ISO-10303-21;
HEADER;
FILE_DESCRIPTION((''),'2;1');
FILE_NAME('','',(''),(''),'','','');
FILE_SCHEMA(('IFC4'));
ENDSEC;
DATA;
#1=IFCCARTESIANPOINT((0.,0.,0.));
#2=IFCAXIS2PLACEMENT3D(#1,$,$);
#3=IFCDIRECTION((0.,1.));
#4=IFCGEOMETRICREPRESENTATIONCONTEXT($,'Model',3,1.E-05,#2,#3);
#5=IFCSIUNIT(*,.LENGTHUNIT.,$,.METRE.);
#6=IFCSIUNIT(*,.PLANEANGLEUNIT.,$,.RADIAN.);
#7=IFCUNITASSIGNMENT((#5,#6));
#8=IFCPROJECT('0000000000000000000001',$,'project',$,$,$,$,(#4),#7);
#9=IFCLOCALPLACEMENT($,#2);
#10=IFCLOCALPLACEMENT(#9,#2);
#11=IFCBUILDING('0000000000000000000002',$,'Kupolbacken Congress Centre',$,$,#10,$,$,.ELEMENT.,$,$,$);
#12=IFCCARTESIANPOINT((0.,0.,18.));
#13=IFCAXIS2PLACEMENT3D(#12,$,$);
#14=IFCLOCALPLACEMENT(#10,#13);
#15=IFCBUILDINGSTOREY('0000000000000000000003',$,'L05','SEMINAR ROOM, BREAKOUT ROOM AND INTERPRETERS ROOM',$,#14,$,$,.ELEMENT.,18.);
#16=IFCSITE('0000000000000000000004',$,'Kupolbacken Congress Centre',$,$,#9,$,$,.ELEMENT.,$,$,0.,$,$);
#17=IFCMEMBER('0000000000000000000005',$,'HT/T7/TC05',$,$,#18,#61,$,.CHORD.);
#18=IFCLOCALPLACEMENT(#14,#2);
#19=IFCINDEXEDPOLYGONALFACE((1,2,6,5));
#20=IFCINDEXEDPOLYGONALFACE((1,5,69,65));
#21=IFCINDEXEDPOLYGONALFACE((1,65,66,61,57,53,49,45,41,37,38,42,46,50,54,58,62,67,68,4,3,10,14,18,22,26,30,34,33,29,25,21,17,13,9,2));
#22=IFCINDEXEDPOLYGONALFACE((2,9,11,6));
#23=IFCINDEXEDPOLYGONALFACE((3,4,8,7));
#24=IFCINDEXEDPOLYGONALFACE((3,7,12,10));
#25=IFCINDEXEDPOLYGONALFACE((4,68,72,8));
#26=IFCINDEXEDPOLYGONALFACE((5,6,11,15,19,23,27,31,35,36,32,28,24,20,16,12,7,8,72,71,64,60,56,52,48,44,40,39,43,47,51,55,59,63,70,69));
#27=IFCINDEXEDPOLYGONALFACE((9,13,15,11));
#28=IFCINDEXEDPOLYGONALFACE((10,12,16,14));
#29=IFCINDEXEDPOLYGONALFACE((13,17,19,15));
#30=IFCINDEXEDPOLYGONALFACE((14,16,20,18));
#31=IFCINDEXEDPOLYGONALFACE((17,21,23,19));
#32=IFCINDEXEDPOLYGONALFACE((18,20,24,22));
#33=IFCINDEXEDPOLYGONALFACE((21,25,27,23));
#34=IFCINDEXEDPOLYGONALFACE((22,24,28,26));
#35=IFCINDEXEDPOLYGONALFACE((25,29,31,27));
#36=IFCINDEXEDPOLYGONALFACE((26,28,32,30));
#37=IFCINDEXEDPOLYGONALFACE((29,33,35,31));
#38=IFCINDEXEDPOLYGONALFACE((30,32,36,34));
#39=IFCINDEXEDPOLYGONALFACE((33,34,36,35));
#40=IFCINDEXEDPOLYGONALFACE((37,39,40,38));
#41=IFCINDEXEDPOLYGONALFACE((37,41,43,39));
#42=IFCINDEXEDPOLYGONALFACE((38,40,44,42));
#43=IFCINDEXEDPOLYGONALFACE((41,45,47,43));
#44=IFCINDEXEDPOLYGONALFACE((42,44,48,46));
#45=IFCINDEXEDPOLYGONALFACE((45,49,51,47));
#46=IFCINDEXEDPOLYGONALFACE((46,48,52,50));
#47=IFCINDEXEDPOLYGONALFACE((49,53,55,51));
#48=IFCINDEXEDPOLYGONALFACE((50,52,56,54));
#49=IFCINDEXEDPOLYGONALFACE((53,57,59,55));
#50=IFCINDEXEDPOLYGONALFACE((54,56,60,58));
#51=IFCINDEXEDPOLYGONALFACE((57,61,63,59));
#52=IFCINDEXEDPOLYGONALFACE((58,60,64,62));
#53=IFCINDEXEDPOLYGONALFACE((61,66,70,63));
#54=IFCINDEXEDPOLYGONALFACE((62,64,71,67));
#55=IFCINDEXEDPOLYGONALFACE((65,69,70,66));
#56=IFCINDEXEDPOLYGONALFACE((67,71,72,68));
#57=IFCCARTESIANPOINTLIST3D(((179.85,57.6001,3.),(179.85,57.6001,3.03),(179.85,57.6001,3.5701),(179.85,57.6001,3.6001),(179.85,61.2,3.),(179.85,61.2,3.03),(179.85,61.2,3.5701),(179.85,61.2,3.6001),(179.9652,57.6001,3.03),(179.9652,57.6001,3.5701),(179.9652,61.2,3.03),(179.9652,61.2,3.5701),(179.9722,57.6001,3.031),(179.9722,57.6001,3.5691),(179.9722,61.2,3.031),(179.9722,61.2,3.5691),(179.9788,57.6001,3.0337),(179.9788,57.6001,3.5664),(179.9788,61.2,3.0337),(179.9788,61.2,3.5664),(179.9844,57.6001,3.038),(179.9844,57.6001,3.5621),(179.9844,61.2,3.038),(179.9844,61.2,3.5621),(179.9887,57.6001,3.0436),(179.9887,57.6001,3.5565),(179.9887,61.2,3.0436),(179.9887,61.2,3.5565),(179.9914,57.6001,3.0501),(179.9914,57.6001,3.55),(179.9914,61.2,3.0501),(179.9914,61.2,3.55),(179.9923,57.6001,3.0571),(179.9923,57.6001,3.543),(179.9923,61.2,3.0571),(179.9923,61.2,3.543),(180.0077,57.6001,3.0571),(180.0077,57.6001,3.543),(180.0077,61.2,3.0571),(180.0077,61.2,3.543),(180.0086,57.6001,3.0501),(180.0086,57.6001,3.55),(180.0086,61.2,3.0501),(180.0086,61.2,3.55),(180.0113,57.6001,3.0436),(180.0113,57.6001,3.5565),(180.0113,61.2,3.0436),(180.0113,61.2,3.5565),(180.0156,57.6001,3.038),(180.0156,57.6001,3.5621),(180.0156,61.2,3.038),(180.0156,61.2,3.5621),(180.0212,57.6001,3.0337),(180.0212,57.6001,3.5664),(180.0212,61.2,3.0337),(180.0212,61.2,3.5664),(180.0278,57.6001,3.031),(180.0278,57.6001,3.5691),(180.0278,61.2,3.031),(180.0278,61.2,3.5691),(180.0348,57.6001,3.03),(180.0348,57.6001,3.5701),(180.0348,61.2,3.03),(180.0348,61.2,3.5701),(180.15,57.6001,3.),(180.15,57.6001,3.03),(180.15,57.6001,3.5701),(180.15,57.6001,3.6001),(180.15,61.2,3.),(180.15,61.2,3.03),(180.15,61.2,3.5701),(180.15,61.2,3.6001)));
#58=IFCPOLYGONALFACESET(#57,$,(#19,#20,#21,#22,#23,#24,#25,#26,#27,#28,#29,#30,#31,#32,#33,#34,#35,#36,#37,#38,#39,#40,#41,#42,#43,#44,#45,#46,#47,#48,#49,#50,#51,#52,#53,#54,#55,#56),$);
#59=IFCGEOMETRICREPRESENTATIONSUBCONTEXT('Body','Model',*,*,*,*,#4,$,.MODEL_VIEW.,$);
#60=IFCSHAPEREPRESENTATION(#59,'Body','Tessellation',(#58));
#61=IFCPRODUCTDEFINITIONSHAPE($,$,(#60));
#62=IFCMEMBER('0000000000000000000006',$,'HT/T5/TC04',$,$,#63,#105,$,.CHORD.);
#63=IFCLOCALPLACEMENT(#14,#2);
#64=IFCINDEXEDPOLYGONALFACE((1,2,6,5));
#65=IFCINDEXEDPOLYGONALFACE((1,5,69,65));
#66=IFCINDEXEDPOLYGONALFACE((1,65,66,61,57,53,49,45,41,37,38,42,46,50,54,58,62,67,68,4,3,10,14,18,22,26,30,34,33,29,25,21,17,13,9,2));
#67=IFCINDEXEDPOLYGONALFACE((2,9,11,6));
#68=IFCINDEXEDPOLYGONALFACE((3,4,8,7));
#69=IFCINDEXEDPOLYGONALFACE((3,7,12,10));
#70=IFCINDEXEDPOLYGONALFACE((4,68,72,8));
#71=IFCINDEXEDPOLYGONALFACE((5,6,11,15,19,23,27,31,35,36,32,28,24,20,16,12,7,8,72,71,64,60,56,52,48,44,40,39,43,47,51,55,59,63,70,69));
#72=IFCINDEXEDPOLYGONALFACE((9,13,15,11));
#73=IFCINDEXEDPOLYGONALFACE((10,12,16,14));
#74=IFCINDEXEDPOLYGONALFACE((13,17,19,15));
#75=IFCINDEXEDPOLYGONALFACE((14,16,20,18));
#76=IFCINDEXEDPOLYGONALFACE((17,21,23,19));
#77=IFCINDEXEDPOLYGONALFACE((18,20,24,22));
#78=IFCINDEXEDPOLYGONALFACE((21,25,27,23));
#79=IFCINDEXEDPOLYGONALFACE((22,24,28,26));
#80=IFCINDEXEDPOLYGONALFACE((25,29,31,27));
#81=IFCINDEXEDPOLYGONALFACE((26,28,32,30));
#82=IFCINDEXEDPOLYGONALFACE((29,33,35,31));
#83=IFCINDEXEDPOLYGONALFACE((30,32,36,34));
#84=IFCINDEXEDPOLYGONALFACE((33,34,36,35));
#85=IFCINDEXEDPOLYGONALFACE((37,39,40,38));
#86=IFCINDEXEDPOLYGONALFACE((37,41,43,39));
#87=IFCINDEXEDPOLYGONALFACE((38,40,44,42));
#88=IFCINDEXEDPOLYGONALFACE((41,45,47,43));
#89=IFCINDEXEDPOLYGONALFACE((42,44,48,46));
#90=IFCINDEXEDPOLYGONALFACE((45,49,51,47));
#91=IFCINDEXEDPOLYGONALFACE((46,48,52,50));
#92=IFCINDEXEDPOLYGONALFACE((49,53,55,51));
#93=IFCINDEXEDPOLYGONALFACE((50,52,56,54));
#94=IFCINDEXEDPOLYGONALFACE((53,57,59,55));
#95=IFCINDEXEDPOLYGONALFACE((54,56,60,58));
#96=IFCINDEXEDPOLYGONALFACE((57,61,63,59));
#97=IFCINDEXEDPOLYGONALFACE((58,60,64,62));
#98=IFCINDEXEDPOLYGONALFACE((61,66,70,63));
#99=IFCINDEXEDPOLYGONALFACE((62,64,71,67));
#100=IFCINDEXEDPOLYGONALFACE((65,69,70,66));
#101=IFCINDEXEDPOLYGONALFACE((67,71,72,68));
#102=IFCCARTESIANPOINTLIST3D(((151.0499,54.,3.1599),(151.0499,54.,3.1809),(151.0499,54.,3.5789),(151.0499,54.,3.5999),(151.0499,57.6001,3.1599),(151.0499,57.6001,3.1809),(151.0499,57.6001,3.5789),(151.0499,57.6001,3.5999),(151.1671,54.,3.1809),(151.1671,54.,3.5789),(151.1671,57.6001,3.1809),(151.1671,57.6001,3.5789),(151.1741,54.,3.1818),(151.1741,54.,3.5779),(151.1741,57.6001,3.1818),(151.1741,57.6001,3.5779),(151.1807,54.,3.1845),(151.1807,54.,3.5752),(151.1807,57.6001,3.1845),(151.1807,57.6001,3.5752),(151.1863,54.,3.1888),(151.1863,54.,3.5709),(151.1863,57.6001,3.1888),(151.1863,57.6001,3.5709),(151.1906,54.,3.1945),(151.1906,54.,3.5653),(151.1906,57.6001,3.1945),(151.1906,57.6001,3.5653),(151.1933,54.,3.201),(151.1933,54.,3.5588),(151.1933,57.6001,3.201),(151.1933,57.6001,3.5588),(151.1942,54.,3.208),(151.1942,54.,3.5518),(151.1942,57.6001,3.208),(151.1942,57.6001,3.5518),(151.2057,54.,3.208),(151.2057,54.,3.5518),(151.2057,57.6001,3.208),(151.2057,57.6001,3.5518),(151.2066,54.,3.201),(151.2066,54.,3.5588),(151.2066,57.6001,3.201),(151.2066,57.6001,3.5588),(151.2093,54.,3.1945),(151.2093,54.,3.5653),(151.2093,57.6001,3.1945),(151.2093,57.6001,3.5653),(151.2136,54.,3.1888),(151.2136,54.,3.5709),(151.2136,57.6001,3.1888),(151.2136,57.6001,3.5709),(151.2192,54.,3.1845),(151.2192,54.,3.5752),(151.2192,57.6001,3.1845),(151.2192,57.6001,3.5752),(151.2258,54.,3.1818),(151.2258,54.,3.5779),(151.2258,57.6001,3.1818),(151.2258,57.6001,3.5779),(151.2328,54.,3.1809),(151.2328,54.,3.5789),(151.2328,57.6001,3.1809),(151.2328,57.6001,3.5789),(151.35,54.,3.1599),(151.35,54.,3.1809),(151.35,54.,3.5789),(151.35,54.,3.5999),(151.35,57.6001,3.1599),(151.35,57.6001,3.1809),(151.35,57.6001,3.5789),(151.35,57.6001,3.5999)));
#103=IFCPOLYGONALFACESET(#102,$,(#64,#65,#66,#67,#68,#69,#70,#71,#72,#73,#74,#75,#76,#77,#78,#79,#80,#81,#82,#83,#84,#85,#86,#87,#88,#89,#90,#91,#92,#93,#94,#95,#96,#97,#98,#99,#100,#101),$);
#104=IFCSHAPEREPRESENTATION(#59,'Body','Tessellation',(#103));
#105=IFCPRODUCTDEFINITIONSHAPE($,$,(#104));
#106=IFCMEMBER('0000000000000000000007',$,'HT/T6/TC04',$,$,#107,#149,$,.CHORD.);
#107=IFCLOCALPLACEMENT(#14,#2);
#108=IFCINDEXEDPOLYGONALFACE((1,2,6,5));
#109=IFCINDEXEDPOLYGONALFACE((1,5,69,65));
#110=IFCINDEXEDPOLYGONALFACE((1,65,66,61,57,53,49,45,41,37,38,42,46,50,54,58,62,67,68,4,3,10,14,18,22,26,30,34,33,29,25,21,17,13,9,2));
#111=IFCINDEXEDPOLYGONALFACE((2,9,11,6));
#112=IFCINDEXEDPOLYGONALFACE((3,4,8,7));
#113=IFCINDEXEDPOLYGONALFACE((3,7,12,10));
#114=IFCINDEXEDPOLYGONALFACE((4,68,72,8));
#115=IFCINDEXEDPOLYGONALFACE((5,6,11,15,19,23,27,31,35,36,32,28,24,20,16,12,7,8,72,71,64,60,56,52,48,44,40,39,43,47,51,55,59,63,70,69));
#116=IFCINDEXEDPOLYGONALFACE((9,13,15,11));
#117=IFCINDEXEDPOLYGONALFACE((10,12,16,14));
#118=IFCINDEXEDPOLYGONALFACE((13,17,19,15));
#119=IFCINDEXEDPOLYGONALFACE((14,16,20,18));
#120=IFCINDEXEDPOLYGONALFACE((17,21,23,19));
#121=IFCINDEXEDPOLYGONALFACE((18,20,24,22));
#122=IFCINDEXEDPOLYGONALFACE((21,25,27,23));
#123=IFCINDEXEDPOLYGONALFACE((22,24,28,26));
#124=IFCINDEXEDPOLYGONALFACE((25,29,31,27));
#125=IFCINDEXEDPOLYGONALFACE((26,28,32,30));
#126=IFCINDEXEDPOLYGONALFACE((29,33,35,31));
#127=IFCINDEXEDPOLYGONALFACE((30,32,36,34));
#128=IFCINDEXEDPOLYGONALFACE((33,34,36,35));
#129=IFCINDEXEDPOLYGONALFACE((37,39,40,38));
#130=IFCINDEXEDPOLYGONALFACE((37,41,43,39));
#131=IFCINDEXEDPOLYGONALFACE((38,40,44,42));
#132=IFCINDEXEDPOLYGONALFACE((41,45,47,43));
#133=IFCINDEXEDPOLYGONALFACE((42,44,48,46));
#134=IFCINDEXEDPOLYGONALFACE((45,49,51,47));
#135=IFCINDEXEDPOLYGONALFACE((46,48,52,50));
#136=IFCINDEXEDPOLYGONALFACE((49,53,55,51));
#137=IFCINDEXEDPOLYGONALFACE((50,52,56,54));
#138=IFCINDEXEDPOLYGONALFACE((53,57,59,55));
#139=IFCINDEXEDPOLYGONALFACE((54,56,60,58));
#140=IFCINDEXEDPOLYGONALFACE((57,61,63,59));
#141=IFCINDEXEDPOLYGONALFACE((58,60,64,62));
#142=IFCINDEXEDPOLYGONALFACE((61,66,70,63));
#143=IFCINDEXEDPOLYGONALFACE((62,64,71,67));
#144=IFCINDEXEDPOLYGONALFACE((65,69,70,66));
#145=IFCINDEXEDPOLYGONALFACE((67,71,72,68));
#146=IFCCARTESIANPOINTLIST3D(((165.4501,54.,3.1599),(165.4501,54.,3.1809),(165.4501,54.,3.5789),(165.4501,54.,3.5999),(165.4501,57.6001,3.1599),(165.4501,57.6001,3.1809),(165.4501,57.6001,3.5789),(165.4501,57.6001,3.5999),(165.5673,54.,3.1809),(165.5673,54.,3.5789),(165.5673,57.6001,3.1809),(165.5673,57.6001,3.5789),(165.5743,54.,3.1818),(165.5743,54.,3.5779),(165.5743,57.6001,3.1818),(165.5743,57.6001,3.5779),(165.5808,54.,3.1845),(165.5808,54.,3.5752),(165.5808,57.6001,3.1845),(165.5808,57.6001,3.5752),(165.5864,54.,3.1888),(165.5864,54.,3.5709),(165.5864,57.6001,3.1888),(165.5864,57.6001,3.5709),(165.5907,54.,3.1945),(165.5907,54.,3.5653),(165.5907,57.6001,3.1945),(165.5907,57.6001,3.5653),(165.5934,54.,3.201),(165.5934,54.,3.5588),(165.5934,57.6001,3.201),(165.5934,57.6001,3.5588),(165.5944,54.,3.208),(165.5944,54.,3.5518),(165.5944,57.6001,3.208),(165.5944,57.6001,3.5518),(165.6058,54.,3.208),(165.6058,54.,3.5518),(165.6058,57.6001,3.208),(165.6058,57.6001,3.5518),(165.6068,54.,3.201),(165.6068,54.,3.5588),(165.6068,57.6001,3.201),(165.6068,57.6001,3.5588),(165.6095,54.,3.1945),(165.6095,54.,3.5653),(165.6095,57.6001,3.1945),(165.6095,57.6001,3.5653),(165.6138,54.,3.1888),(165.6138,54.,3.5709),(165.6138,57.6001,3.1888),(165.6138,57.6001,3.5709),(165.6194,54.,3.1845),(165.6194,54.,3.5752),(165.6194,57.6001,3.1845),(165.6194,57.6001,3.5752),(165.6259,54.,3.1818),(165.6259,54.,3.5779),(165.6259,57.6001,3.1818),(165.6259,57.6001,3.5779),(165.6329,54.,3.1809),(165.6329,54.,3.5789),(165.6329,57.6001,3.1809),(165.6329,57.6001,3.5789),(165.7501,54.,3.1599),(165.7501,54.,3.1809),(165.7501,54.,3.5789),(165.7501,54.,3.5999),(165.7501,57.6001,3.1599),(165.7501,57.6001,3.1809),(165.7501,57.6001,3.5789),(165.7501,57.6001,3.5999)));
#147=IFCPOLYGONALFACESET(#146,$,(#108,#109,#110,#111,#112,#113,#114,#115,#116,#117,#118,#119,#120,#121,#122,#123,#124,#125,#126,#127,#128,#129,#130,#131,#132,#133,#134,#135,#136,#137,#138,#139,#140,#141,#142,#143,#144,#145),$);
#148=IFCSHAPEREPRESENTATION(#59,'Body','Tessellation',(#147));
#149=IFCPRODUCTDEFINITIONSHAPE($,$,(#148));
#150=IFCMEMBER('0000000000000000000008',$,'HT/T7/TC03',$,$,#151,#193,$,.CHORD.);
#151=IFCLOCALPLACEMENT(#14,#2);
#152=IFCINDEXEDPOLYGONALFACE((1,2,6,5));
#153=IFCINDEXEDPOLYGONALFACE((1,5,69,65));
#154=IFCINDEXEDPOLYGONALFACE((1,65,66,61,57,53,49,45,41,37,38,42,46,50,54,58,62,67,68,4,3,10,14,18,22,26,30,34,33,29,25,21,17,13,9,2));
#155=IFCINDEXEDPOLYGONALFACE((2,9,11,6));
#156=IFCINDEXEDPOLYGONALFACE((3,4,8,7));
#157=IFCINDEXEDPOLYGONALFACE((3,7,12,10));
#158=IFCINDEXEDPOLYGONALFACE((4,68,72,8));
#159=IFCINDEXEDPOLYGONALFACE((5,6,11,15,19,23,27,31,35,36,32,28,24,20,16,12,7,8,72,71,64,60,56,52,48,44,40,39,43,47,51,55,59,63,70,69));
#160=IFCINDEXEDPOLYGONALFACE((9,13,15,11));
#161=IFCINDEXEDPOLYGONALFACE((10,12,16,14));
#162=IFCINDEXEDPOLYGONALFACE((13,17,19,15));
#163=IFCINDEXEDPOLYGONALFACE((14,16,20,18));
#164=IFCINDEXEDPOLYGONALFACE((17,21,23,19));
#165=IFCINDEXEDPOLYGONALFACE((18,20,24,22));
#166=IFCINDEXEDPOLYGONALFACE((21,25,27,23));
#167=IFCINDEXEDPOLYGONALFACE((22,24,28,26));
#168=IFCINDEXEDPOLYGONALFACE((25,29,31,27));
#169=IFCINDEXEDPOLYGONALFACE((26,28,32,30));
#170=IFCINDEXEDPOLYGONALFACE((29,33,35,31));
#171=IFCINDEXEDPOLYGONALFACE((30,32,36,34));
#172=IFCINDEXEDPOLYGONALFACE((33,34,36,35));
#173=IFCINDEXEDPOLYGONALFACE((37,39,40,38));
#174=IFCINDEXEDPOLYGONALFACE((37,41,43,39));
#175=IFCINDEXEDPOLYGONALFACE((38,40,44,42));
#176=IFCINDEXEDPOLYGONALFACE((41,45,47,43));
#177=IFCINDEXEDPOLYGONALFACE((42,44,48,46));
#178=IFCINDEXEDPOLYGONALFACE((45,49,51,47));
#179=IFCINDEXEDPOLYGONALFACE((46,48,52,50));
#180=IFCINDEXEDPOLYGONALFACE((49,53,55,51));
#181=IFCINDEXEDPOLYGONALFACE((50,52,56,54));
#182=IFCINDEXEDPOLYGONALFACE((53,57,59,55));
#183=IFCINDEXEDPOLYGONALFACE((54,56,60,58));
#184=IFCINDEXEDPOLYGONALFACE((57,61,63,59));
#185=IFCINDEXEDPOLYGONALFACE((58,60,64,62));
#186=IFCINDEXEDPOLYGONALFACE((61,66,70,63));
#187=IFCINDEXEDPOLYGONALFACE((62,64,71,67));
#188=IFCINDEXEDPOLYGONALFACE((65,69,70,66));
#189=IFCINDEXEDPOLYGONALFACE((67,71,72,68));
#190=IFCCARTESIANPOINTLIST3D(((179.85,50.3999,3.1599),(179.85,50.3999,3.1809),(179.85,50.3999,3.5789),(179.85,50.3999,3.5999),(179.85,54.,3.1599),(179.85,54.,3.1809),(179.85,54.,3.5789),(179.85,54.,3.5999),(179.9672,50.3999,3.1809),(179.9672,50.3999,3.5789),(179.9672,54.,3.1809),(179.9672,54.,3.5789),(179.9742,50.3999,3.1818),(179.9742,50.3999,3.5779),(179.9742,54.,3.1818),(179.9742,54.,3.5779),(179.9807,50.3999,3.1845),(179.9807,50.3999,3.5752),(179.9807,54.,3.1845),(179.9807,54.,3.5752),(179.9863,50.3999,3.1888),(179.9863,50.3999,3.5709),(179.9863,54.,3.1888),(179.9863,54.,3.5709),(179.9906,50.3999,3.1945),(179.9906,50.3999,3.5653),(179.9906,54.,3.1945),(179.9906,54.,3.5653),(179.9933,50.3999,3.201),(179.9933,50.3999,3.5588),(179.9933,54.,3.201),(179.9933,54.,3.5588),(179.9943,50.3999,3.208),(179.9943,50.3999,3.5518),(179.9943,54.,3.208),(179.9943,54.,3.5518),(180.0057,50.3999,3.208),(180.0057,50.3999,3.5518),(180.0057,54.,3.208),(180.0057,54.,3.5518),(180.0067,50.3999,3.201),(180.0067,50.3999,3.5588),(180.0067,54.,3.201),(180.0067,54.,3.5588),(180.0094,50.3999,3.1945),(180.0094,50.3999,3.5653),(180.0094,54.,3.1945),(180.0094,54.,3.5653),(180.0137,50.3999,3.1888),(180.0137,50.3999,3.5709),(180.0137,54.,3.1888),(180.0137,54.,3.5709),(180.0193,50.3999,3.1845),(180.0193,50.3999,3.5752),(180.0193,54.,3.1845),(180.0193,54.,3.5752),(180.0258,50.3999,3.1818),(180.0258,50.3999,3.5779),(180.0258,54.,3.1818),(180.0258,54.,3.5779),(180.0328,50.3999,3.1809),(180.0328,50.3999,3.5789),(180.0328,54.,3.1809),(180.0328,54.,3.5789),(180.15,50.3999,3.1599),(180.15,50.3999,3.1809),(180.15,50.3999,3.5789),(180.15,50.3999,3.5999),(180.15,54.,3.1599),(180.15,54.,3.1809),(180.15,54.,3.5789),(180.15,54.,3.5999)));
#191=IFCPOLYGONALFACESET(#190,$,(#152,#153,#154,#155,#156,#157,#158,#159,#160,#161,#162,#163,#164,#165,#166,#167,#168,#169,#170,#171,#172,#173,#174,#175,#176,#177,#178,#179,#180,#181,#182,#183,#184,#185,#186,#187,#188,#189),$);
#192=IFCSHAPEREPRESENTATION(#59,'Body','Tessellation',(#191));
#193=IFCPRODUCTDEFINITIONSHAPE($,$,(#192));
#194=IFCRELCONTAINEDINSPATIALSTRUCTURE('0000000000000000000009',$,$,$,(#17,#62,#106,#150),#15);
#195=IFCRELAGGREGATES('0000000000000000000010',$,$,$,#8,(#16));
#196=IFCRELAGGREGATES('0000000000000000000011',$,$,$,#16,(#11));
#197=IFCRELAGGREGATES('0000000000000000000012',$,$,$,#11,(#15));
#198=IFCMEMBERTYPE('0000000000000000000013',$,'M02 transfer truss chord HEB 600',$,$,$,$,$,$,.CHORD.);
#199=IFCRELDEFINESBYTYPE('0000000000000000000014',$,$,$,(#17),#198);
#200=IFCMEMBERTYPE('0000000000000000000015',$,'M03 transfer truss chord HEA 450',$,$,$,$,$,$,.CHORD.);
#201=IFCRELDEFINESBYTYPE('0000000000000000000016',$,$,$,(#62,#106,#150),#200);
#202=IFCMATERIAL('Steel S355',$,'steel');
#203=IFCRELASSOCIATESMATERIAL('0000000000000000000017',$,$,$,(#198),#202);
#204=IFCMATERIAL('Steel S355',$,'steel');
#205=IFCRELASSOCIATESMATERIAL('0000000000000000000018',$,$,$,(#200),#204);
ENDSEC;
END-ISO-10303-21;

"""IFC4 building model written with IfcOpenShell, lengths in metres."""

from ifc_helpers import new_model, si_unit, direction, frame, origin, origin_2d, place, context, subcontext, project, spatial, i_section, extrude, material, material_profile, profile_set, type_object, element, save


model = new_model("IFC4")

# Units and contexts
model_context = context("Model", 3, precision=1e-05, world=origin(), true_north=direction((0.0, 1.0)))
body_context = subcontext(model_context, "Body", "Model", "MODEL_VIEW")
ifc_project = project(units=[si_unit("LENGTHUNIT", "METRE"), si_unit("PLANEANGLEUNIT", "RADIAN")], contexts=[model_context])

# Site, building, storey
site_placement = place(None, origin())
site = spatial("IfcSite", under=ifc_project, at=site_placement, Name="Kupolbacken Congress Centre", CompositionType="ELEMENT", RefElevation=0.0)
building_placement = place(site_placement, origin())
building = spatial("IfcBuilding", under=site, at=building_placement, Name="Kupolbacken Congress Centre", CompositionType="ELEMENT")
storey_placement = place(building_placement, frame((0.0, 0.0, 18.0)))
storey = spatial("IfcBuildingStorey", under=building, at=storey_placement, Name="L05", Description="SEMINAR ROOM, BREAKOUT ROOM AND INTERPRETERS ROOM", CompositionType="ELEMENT", Elevation=18.0)

# Members
ifc_material_1 = material(Name="Steel S355", Category="steel")
ifc_material_profile_1 = material_profile(ifc_material_1, i_section(OverallWidth=0.3, OverallDepth=0.6001, WebThickness=0.0154, FlangeThickness=0.03, FilletRadius=0.0271, at=origin_2d()), Name="HEB 600")
ifc_profile_set_1 = profile_set([ifc_material_profile_1], Name="Steel S355")
member_type_1 = type_object("IfcMemberType", Name="M02 transfer truss chord HEB 600", PredefinedType="CHORD", material=ifc_profile_set_1)
member_1_placement = place(storey_placement, frame((180.0, 57.6001, 3.3), z_axis=(0.0, 1.0, 0.0), x_axis=(-1.0, 0.0, 0.0)))
element("IfcMember", 1, at=member_1_placement, inside=storey, type_object=member_type_1, Name="HT/T7/TC05", PredefinedType="CHORD", context=body_context, shape_type="SweptSolid", body=[
    extrude(i_section(OverallWidth=0.3, OverallDepth=0.6001, WebThickness=0.0154, FlangeThickness=0.03, FilletRadius=0.0271, at=origin_2d()), origin(), (0.0, 0.0, 1.0), 3.5999),
])
ifc_material_2 = material(Name="Steel S355", Category="steel")
ifc_material_profile_2 = material_profile(ifc_material_2, i_section(OverallWidth=0.3, OverallDepth=0.4399, WebThickness=0.0115, FlangeThickness=0.021, FilletRadius=0.0271, at=origin_2d()), Name="HEA 450")
ifc_profile_set_2 = profile_set([ifc_material_profile_2], Name="Steel S355")
member_type_2 = type_object("IfcMemberType", Name="M03 transfer truss chord HEA 450", PredefinedType="CHORD", material=ifc_profile_set_2)
for number, where, z_axis, x_axis, name in (
    (2, (151.2, 54.0, 3.3799), (0.0, 1.0, 0.0), (-1.0, 0.0, 0.0), "HT/T5/TC04"),
    (3, (165.6001, 54.0, 3.3799), (0.0, 1.0, 0.0), (-1.0, 0.0, 0.0), "HT/T6/TC04"),
    (4, (180.0, 50.3999, 3.3799), (0.0, 1.0, 0.0), (-1.0, 0.0, 0.0), "HT/T7/TC03"),
):
    element("IfcMember", number, at=place(storey_placement, frame(where, z_axis=z_axis, x_axis=x_axis)), inside=storey, type_object=member_type_2, Name=name, PredefinedType="CHORD", context=body_context, shape_type="SweptSolid", body=[
        extrude(i_section(OverallWidth=0.3, OverallDepth=0.4399, WebThickness=0.0115, FlangeThickness=0.021, FilletRadius=0.0271, at=origin_2d()), origin(), (0.0, 0.0, 1.0), 3.6001),
    ])

save(model, "model.ifc")
